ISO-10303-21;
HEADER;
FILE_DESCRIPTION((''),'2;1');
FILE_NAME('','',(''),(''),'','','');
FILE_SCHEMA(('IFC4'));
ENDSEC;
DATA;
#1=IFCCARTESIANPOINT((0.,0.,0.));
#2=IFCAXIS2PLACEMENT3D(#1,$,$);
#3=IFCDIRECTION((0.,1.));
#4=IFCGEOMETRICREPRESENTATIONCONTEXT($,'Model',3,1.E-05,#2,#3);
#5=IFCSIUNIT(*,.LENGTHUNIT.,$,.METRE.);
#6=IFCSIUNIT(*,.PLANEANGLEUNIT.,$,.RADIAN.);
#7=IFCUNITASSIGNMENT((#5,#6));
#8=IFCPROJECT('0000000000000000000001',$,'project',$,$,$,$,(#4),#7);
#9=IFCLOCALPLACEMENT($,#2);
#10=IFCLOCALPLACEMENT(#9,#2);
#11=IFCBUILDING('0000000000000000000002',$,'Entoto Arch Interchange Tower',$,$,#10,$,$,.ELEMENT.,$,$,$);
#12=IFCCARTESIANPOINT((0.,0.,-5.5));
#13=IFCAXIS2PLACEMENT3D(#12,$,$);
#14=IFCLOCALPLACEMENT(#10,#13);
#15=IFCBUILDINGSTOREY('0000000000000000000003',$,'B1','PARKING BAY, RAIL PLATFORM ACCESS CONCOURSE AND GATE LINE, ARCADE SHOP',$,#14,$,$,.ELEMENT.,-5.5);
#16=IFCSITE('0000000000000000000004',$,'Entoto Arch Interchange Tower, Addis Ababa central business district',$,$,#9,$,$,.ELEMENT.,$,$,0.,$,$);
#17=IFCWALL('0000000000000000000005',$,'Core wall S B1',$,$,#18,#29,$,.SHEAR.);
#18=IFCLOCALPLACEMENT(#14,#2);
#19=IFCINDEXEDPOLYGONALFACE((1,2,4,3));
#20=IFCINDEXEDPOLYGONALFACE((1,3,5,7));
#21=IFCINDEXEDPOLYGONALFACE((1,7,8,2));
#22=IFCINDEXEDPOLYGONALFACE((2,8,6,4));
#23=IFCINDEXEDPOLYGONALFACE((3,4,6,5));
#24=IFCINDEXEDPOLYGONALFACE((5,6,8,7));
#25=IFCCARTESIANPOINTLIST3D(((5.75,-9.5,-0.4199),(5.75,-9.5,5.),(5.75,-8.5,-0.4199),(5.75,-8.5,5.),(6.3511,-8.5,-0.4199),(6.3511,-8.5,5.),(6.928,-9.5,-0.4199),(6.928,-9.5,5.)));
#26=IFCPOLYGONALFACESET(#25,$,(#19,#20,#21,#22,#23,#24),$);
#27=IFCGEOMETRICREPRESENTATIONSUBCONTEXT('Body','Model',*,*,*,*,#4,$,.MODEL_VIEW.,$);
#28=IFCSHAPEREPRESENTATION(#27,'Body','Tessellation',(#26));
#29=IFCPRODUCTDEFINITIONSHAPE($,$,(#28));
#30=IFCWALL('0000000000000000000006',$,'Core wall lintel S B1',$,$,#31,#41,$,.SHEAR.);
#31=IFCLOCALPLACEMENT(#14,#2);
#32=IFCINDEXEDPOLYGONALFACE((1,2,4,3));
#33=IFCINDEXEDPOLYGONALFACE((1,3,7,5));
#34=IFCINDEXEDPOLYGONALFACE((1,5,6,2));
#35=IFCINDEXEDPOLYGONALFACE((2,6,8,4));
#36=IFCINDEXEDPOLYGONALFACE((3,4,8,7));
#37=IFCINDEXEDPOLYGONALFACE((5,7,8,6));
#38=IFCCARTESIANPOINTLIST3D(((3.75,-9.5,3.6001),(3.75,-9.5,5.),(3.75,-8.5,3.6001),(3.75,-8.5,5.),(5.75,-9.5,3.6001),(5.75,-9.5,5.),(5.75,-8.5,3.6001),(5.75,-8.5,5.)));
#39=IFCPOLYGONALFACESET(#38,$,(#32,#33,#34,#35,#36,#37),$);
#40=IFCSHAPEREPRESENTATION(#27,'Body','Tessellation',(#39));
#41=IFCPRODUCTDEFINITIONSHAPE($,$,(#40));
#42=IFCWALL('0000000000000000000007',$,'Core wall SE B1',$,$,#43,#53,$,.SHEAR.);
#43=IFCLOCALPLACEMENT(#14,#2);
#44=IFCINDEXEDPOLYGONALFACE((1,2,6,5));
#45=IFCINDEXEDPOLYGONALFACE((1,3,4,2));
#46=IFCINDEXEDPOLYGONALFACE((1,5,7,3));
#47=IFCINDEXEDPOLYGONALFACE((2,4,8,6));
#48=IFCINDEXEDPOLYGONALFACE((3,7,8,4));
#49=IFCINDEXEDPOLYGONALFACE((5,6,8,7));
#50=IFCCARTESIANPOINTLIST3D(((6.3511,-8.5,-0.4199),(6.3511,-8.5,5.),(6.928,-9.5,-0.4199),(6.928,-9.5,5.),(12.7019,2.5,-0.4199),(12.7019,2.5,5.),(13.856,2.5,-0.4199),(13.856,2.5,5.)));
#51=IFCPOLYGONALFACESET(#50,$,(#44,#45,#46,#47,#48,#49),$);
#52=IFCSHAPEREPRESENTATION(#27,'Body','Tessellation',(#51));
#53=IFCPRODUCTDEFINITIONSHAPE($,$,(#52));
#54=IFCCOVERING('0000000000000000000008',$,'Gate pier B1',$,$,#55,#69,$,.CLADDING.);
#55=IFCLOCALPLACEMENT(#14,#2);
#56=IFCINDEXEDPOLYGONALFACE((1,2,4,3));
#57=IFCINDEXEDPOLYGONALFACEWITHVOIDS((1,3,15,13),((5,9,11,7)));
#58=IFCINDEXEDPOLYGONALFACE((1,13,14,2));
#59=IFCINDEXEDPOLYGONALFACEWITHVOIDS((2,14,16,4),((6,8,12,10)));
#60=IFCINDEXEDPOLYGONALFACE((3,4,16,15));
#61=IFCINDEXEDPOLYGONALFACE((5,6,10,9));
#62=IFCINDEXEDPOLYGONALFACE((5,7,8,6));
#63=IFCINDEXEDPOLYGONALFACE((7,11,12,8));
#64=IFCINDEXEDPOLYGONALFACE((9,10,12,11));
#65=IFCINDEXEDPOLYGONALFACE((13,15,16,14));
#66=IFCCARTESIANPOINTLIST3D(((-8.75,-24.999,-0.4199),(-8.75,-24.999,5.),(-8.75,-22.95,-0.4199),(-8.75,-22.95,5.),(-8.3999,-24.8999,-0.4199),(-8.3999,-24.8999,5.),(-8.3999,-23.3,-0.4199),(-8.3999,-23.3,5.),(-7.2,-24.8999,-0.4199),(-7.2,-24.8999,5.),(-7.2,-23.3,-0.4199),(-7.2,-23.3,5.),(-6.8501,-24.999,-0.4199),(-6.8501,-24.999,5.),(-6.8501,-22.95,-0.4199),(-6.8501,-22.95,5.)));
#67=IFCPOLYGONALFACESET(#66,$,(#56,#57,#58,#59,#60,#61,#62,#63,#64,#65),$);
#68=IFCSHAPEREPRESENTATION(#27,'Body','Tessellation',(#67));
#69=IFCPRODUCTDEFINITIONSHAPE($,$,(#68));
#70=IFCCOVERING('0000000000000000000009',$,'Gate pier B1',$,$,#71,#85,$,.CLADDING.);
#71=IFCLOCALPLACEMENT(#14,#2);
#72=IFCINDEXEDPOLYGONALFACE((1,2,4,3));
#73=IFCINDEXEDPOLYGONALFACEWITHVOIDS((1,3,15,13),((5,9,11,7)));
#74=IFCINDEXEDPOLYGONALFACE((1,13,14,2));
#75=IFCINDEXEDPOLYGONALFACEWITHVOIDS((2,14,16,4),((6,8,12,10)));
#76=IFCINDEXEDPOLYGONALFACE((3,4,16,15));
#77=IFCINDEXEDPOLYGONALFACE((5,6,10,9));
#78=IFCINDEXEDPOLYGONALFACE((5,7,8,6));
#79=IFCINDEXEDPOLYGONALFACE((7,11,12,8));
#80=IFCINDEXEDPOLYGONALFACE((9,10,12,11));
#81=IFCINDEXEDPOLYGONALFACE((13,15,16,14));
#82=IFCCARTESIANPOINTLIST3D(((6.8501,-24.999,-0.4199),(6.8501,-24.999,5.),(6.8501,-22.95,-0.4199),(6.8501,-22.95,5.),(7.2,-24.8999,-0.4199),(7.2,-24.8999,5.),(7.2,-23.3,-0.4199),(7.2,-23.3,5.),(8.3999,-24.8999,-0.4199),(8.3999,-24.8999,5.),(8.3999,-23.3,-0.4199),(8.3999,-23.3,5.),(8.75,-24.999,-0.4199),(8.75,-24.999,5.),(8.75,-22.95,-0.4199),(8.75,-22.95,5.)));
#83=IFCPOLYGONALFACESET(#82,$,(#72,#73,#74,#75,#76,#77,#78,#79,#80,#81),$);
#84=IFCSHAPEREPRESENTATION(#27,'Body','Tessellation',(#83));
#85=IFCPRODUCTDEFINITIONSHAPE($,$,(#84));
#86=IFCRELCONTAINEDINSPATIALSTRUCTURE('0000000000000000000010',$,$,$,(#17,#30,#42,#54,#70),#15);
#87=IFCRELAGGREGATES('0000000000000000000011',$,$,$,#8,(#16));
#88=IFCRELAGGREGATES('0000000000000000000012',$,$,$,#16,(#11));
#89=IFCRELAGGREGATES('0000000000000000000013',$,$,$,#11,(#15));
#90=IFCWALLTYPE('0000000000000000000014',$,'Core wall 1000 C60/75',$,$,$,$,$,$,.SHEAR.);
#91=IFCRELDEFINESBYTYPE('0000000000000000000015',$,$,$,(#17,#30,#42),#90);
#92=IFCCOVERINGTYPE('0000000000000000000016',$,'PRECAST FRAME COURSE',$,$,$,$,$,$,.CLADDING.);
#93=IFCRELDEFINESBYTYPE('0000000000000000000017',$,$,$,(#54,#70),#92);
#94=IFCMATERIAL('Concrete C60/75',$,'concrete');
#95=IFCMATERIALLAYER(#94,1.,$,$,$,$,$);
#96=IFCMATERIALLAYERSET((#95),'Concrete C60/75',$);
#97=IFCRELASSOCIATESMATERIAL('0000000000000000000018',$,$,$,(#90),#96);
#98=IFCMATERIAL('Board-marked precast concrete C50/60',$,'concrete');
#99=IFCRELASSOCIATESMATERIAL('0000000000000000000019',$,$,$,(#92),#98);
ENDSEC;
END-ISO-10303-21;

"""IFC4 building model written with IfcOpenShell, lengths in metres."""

from ifc_helpers import new_model, si_unit, direction, frame, origin, place, context, subcontext, project, spatial, polyline, outline, extrude, material, layer, layer_set, type_object, element, save


model = new_model("IFC4")

# Units and contexts
model_context = context("Model", 3, precision=1e-05, world=origin(), true_north=direction((0.0, 1.0)))
body_context = subcontext(model_context, "Body", "Model", "MODEL_VIEW")
ifc_project = project(units=[si_unit("LENGTHUNIT", "METRE"), si_unit("PLANEANGLEUNIT", "RADIAN")], contexts=[model_context])

# Site, building, storey
site_placement = place(None, origin())
site = spatial("IfcSite", under=ifc_project, at=site_placement, Name="Entoto Arch Interchange Tower, Addis Ababa central business district", CompositionType="ELEMENT", RefElevation=0.0)
building_placement = place(site_placement, origin())
building = spatial("IfcBuilding", under=site, at=building_placement, Name="Entoto Arch Interchange Tower", CompositionType="ELEMENT")
storey_placement = place(building_placement, frame((0.0, 0.0, -5.5)))
storey = spatial("IfcBuildingStorey", under=building, at=storey_placement, Name="B1", Description="PARKING BAY, RAIL PLATFORM ACCESS CONCOURSE AND GATE LINE, ARCADE SHOP", CompositionType="ELEMENT", Elevation=-5.5)

# Walls
ifc_material_1 = material(Name="Concrete C60/75", Category="concrete")
ifc_layer_1 = layer(ifc_material_1, 1.0)
ifc_layer_set_1 = layer_set([ifc_layer_1], Name="Concrete C60/75")
wall_type_1 = type_object("IfcWallType", Name="Core wall 1000 C60/75", PredefinedType="SHEAR", material=ifc_layer_set_1)
wall_1_placement = place(storey_placement, frame((0.0, 0.0, -0.4199)))
element("IfcWall", 1, at=wall_1_placement, inside=storey, type_object=wall_type_1, Name="Core wall S B1", PredefinedType="SHEAR", context=body_context, shape_type="SweptSolid", body=[
    extrude(outline(polyline([(5.75, -8.5), (5.75, -9.5), (6.928, -9.5), (6.3511, -8.5), (5.75, -8.5)])), origin(), (0.0, 0.0, 1.0), 5.4199),
])
wall_2_placement = place(storey_placement, frame((0.0, 0.0, 3.6001)))
element("IfcWall", 2, at=wall_2_placement, inside=storey, type_object=wall_type_1, Name="Core wall lintel S B1", PredefinedType="SHEAR", context=body_context, shape_type="SweptSolid", body=[
    extrude(outline(polyline([(5.75, -9.5), (5.75, -8.5), (3.75, -8.5), (3.75, -9.5), (5.75, -9.5)])), origin(), (0.0, 0.0, 1.0), 1.3999),
])
wall_3_placement = place(storey_placement, frame((0.0, 0.0, -0.4199)))
element("IfcWall", 3, at=wall_3_placement, inside=storey, type_object=wall_type_1, Name="Core wall SE B1", PredefinedType="SHEAR", context=body_context, shape_type="SweptSolid", body=[
    extrude(outline(polyline([(6.928, -9.5), (13.856, 2.5), (12.7019, 2.5), (6.3511, -8.5), (6.928, -9.5)])), origin(), (0.0, 0.0, 1.0), 5.4199),
])

# Coverings
ifc_material_2 = material(Name="Board-marked precast concrete C50/60", Category="concrete")
covering_type = type_object("IfcCoveringType", Name="PRECAST FRAME COURSE", PredefinedType="CLADDING", material=ifc_material_2)
covering_1_placement = place(storey_placement, frame((0.0, 0.0, -0.4199)))
element("IfcCovering", 4, at=covering_1_placement, inside=storey, type_object=covering_type, Name="Gate pier B1", PredefinedType="CLADDING", context=body_context, shape_type="SweptSolid", body=[
    extrude(outline(polyline([(-8.75, -22.95), (-6.8501, -22.95), (-6.8501, -24.999), (-8.75, -24.999), (-8.75, -22.95)]), holes=[polyline([(-8.3999, -23.3), (-8.3999, -24.8999), (-7.2, -24.8999), (-7.2, -23.3), (-8.3999, -23.3)])]), origin(), (0.0, 0.0, 1.0), 5.4199),
])
covering_2_placement = place(storey_placement, frame((0.0, 0.0, -0.4199)))
element("IfcCovering", 5, at=covering_2_placement, inside=storey, type_object=covering_type, Name="Gate pier B1", PredefinedType="CLADDING", context=body_context, shape_type="SweptSolid", body=[
    extrude(outline(polyline([(6.8501, -22.95), (8.75, -22.95), (8.75, -24.999), (6.8501, -24.999), (6.8501, -22.95)]), holes=[polyline([(7.2, -23.3), (7.2, -24.8999), (8.3999, -24.8999), (8.3999, -23.3), (7.2, -23.3)])]), origin(), (0.0, 0.0, 1.0), 5.4199),
])

save(model, "model.ifc")
